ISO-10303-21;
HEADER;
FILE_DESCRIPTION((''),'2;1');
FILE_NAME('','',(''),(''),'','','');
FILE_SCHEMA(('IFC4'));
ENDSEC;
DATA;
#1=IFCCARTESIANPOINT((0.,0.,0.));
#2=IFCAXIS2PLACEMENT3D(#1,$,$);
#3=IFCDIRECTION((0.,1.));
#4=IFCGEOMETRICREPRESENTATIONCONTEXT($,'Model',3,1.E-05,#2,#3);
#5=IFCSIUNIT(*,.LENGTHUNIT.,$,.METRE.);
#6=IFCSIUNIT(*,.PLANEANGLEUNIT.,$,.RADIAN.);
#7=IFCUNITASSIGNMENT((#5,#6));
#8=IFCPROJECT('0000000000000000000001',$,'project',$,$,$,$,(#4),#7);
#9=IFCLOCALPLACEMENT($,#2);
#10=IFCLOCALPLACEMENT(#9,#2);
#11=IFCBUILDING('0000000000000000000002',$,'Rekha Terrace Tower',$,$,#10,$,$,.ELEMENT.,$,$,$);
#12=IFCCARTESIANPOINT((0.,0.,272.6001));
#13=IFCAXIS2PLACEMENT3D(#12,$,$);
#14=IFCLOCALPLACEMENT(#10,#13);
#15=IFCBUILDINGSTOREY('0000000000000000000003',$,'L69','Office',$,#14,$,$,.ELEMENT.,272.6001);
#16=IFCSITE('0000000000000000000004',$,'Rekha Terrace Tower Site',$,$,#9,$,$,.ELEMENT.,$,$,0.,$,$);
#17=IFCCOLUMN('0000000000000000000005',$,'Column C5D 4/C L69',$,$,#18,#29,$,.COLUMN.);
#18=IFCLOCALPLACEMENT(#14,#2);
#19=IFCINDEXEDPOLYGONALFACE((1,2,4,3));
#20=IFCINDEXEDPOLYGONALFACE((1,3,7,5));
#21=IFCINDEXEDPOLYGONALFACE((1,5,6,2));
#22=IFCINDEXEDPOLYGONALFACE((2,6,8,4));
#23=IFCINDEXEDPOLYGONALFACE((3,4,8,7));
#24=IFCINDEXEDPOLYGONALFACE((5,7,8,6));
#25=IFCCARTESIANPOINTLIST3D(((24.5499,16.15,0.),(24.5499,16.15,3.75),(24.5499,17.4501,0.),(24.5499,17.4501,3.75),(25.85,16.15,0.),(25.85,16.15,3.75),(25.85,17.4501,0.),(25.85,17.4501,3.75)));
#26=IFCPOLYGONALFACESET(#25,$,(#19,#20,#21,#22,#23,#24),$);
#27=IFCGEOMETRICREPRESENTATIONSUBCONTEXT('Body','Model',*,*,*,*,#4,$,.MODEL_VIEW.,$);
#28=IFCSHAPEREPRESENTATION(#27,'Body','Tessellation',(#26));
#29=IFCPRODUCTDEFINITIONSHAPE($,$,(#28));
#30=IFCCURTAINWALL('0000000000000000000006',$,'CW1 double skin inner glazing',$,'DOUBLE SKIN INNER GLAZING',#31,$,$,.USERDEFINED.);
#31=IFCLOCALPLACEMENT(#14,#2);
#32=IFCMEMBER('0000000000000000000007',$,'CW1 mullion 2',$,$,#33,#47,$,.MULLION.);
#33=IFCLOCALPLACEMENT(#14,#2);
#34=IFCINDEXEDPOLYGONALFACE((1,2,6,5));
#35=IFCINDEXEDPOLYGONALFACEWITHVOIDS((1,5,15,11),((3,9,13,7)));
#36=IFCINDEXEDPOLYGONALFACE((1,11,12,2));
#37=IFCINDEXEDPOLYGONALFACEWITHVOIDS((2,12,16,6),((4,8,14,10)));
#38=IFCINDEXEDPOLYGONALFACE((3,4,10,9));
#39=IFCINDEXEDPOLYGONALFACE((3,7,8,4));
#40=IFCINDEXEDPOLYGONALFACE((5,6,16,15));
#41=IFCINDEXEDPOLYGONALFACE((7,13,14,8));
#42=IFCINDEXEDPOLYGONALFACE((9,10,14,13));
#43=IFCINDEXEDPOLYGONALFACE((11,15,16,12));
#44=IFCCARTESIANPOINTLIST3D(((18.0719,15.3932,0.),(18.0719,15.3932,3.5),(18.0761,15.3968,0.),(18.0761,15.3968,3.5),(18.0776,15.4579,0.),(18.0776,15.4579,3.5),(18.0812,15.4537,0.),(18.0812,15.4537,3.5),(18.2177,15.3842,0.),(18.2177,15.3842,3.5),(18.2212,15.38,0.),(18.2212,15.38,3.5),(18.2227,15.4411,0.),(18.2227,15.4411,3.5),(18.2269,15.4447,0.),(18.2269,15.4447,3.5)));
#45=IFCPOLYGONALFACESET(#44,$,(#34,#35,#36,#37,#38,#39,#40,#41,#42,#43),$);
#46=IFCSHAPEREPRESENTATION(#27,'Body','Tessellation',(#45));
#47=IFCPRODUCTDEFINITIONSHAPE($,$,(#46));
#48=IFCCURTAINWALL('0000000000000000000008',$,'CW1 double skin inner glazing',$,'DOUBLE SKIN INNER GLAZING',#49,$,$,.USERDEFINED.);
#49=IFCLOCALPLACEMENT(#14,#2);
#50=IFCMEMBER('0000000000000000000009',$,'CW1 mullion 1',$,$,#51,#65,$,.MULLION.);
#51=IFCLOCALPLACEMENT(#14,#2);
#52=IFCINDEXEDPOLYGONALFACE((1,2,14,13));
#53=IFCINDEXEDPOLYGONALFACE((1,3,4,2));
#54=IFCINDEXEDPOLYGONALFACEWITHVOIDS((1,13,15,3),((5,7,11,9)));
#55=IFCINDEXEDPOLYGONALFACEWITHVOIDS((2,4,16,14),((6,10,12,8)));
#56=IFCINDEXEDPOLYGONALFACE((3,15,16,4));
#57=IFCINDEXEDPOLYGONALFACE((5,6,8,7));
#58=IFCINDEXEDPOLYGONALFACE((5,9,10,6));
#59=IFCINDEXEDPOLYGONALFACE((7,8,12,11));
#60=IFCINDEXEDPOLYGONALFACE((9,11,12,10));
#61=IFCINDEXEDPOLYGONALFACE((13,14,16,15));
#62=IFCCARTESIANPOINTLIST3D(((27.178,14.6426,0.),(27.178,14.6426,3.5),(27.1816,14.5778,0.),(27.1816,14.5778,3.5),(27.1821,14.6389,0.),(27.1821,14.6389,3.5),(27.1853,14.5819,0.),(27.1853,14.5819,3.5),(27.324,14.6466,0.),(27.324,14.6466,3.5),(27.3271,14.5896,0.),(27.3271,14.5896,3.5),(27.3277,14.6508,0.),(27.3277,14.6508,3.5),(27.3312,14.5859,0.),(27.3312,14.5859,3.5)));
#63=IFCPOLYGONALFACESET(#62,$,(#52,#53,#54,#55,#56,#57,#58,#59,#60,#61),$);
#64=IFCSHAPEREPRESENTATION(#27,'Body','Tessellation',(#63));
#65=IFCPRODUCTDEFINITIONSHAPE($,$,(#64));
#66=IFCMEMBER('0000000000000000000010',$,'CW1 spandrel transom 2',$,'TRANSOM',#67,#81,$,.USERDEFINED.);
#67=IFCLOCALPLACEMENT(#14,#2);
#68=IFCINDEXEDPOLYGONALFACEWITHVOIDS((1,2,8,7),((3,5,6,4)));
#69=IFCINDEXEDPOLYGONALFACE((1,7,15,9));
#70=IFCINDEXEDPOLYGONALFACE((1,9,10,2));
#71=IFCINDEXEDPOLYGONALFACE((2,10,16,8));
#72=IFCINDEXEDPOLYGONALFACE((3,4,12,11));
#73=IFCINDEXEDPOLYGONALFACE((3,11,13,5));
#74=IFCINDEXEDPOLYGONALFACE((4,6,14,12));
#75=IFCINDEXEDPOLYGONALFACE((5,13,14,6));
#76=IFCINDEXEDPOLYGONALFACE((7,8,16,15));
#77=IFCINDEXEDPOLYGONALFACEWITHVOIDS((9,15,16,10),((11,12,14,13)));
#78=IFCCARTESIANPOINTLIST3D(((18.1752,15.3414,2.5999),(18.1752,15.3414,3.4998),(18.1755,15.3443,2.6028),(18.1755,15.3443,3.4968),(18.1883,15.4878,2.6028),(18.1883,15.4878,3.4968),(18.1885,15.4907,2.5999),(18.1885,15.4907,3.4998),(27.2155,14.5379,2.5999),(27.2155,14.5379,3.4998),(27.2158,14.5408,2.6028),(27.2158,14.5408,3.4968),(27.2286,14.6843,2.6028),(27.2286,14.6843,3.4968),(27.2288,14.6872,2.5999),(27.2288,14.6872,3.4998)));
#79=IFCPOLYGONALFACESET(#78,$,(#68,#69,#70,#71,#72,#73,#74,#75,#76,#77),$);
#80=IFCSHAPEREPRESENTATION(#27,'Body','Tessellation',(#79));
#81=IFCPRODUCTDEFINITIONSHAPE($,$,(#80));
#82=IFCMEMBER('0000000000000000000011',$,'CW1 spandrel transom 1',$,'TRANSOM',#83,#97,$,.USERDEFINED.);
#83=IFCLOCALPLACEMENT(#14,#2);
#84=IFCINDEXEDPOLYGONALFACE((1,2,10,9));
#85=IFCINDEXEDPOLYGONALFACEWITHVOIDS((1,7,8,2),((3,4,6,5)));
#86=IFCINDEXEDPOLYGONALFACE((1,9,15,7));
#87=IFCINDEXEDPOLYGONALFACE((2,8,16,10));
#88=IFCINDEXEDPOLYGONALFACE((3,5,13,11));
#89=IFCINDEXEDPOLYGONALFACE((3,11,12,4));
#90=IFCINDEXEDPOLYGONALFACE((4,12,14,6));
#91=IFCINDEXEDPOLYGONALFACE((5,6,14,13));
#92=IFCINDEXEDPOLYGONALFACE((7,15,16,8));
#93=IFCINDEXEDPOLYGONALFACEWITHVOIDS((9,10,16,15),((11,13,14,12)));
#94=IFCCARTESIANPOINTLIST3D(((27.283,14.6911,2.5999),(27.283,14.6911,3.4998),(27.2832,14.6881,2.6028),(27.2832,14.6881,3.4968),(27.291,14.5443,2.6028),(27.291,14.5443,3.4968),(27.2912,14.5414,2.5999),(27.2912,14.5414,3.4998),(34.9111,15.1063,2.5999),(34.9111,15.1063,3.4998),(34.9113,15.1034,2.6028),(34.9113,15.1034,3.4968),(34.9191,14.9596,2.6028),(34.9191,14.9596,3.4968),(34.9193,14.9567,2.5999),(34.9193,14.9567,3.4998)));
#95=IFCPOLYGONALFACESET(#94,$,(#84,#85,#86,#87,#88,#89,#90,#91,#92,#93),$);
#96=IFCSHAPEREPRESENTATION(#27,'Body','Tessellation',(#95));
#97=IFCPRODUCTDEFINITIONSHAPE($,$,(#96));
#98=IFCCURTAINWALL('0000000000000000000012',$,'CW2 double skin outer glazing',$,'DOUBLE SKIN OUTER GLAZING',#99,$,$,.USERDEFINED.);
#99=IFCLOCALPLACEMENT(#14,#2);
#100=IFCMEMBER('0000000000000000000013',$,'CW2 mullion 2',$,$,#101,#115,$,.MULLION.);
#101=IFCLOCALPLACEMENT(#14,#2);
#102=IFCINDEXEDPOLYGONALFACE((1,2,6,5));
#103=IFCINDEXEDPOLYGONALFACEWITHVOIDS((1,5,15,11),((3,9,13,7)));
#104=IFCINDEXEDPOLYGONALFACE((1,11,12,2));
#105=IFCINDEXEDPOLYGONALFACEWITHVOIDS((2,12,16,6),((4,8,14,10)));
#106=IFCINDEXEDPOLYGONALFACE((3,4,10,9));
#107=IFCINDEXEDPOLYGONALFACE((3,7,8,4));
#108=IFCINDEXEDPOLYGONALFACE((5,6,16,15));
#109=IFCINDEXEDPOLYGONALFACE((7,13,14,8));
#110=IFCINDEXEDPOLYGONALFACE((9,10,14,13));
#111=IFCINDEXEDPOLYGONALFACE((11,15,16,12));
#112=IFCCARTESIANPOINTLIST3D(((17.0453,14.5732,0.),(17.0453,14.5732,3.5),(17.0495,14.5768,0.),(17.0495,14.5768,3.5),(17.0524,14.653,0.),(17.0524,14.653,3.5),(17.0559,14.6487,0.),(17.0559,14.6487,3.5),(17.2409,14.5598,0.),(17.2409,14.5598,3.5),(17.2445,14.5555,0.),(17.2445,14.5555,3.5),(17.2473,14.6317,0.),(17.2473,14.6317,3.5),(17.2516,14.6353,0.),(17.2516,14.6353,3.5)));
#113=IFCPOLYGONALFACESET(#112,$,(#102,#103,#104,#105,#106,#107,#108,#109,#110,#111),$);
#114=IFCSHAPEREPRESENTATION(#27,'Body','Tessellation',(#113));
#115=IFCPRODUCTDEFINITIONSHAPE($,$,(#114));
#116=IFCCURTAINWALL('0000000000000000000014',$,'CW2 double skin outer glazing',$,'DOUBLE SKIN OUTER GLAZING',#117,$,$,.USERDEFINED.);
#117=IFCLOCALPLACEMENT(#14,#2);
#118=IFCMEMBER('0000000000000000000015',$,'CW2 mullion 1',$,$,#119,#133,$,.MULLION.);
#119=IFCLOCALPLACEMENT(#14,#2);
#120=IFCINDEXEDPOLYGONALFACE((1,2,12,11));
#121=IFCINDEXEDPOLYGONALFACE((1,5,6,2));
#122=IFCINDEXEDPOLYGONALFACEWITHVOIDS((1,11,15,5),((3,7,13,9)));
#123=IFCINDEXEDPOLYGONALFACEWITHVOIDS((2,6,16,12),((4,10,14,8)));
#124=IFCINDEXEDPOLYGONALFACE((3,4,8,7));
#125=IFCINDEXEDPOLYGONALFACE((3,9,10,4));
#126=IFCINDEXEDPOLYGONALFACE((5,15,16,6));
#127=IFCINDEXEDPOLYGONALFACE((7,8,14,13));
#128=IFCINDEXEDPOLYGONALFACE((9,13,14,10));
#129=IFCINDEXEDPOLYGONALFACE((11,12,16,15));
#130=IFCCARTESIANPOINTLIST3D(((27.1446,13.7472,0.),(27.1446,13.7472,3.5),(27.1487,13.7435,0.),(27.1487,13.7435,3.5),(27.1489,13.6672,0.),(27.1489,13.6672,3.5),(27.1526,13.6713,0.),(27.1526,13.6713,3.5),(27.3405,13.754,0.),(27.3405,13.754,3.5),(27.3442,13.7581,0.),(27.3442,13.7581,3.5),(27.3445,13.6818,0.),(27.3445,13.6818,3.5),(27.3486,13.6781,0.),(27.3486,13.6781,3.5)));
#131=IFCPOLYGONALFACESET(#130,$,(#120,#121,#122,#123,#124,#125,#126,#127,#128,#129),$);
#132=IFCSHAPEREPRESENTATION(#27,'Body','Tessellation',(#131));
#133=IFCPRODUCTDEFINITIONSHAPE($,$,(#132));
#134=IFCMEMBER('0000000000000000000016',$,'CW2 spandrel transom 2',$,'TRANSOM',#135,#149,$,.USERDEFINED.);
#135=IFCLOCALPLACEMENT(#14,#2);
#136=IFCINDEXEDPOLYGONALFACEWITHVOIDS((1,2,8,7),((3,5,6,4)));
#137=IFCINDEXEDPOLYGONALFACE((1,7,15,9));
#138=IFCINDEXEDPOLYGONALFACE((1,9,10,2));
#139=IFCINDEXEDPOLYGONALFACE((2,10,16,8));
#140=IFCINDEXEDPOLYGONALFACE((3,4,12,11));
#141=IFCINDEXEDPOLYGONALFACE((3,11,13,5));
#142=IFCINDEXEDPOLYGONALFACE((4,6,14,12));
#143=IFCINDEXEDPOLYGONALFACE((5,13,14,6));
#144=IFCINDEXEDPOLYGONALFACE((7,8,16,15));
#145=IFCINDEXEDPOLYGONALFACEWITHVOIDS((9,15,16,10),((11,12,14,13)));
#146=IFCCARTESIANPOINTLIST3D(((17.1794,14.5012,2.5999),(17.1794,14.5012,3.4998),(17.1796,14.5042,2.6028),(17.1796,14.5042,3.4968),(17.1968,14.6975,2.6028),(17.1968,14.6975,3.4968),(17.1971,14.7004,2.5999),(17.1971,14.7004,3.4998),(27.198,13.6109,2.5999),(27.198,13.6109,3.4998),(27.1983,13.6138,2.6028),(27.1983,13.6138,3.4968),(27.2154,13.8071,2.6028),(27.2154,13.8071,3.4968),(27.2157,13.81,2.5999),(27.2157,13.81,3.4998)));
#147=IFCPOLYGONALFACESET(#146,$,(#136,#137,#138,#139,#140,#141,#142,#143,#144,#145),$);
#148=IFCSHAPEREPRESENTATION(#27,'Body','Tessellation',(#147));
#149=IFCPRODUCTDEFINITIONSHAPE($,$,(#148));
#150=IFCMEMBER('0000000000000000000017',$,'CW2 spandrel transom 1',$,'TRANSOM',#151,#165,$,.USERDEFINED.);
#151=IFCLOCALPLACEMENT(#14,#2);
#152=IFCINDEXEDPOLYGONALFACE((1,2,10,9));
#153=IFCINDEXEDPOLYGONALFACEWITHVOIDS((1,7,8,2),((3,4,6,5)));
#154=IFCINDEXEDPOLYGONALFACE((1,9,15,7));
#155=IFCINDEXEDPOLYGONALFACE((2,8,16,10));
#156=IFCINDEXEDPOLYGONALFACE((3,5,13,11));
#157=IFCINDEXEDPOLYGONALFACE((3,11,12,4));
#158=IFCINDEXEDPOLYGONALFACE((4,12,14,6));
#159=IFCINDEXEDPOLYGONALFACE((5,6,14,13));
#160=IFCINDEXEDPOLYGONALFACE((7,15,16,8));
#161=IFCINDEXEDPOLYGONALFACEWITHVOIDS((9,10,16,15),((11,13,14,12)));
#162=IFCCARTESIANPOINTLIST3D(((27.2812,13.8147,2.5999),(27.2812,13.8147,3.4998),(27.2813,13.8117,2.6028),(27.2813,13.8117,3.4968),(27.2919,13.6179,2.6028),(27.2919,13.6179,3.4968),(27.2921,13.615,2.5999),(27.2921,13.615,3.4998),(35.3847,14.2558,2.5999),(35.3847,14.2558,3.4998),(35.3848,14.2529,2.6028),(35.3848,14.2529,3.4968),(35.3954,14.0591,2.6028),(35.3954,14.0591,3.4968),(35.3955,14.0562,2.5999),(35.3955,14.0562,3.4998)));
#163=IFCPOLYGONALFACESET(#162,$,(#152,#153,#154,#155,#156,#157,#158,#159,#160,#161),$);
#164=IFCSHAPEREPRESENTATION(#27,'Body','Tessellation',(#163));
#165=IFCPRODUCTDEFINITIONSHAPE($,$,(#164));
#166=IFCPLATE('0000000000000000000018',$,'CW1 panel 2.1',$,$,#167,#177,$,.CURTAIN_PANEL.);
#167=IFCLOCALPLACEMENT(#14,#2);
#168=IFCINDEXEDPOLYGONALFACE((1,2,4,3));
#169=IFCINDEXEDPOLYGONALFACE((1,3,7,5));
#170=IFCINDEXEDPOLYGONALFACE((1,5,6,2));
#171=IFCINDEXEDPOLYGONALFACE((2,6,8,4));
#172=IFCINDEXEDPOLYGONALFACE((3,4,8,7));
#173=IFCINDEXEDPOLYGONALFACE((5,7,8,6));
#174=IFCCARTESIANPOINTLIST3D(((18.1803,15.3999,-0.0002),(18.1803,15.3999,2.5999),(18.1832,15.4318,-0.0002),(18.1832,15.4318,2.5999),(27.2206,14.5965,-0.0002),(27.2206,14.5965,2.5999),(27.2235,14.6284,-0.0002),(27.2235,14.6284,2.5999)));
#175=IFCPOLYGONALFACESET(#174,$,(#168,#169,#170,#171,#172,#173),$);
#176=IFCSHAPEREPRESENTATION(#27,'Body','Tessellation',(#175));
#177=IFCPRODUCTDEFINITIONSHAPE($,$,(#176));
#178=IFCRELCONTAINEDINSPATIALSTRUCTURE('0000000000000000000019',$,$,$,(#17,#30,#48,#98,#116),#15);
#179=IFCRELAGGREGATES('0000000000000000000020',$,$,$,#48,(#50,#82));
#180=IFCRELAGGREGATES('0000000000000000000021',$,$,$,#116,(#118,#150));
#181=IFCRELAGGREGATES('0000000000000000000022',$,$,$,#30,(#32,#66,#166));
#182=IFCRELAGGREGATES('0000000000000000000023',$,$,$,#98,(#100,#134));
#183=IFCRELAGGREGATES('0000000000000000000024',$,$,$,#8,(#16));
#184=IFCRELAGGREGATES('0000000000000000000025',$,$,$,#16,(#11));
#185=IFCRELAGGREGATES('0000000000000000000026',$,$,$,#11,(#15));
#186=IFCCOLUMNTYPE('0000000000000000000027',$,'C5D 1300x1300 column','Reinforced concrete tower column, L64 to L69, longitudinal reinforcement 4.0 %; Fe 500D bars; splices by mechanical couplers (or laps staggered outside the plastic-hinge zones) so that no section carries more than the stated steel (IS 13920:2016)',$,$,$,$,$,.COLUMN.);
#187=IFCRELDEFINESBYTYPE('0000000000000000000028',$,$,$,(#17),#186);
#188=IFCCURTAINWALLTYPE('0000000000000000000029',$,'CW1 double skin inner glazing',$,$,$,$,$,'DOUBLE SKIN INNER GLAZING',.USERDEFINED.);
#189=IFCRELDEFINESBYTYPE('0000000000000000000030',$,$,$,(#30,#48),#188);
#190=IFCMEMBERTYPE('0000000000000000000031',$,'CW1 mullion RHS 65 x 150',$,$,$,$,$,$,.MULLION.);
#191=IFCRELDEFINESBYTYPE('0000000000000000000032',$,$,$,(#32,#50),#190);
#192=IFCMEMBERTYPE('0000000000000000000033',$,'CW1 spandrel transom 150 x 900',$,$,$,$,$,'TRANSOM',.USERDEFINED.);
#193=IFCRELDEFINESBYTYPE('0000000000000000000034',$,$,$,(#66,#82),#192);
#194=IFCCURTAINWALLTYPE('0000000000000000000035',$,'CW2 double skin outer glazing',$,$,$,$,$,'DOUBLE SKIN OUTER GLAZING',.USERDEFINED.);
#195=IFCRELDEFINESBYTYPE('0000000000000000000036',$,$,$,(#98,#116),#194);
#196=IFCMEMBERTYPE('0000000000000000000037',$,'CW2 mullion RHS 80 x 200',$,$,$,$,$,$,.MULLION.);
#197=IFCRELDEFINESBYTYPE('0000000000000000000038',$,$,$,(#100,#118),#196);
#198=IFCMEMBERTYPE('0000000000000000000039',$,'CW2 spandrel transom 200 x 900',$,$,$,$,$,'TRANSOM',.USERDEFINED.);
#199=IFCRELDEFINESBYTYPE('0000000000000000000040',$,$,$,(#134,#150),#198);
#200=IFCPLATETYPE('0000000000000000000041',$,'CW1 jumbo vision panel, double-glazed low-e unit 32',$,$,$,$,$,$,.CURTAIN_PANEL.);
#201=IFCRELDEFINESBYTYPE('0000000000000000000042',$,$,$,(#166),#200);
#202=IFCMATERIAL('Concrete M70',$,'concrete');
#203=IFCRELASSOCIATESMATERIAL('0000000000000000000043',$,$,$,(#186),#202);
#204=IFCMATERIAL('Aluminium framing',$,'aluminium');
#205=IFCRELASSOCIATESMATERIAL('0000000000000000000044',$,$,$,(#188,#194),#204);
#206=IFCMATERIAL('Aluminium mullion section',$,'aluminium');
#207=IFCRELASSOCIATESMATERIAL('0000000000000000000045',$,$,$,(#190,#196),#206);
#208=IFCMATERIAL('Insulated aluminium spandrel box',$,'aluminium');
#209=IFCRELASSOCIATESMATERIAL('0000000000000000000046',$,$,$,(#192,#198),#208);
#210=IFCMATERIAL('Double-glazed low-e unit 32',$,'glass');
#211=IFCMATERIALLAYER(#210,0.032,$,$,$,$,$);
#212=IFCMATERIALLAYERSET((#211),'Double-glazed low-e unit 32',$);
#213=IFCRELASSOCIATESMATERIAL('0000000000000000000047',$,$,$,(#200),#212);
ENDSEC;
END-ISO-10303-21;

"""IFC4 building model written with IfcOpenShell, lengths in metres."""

from ifc_helpers import new_model, si_unit, direction, frame, origin, origin_2d, place, context, subcontext, project, spatial, rectangle, hollow_rectangle, extrude, material, layer, layer_set, material_profile, profile_set, type_object, element, aggregate, save


model = new_model("IFC4")

# Units and contexts
model_context = context("Model", 3, precision=1e-05, world=origin(), true_north=direction((0.0, 1.0)))
body_context = subcontext(model_context, "Body", "Model", "MODEL_VIEW")
ifc_project = project(units=[si_unit("LENGTHUNIT", "METRE"), si_unit("PLANEANGLEUNIT", "RADIAN")], contexts=[model_context])

# Site, building, storey
site_placement = place(None, origin())
site = spatial("IfcSite", under=ifc_project, at=site_placement, Name="Rekha Terrace Tower Site", CompositionType="ELEMENT", RefElevation=0.0)
building_placement = place(site_placement, origin())
building = spatial("IfcBuilding", under=site, at=building_placement, Name="Rekha Terrace Tower", CompositionType="ELEMENT")
storey_placement = place(building_placement, frame((0.0, 0.0, 272.6001)))
storey = spatial("IfcBuildingStorey", under=building, at=storey_placement, Name="L69", Description="Office", CompositionType="ELEMENT", Elevation=272.6001)

# Column
ifc_material_1 = material(Name="Concrete M70", Category="concrete")
ifc_material_profile_1 = material_profile(ifc_material_1, rectangle(XDim=1.3, YDim=1.3, at=origin_2d()), Name="RC 1300x1300")
ifc_profile_set_1 = profile_set([ifc_material_profile_1], Name="Concrete M70")
column_type = type_object("IfcColumnType", Name="C5D 1300x1300 column", Description="Reinforced concrete tower column, L64 to L69, longitudinal reinforcement 4.0 %; Fe 500D bars; splices by mechanical couplers (or laps staggered outside the plastic-hinge zones) so that no section carries more than the stated steel (IS 13920:2016)", PredefinedType="COLUMN", material=ifc_profile_set_1)
column_placement = place(storey_placement, frame((25.2, 16.8, 0.0), z_axis=(0.0, 0.0, 1.0), x_axis=(1.0, 0.0, 0.0)))
element("IfcColumn", 1, at=column_placement, inside=storey, type_object=column_type, Name="Column C5D 4/C L69", PredefinedType="COLUMN", context=body_context, shape_type="SweptSolid", body=[
    extrude(rectangle(XDim=1.3, YDim=1.3, at=origin_2d()), origin(), (0.0, 0.0, 1.0), 3.75),
])

# Curtain walls, members
ifc_material_2 = material(Name="Aluminium framing", Category="aluminium")
curtain_wall_type_1 = type_object("IfcCurtainWallType", Name="CW1 double skin inner glazing", ElementType="DOUBLE SKIN INNER GLAZING", PredefinedType="USERDEFINED", material=ifc_material_2)
curtain_wall_1_placement = place(storey_placement, origin())
curtain_wall_1 = element("IfcCurtainWall", 2, at=curtain_wall_1_placement, inside=storey, type_object=curtain_wall_type_1, Name="CW1 double skin inner glazing", ObjectType="DOUBLE SKIN INNER GLAZING", PredefinedType="USERDEFINED")
ifc_material_3 = material(Name="Aluminium mullion section", Category="aluminium")
ifc_material_profile_2 = material_profile(ifc_material_3, hollow_rectangle(XDim=0.0649, YDim=0.1499, WallThickness=0.0039, at=origin_2d()), Name="AL RHS 65x150")
ifc_profile_set_2 = profile_set([ifc_material_profile_2], Name="Aluminium mullion section")
member_type_1 = type_object("IfcMemberType", Name="CW1 mullion RHS 65 x 150", PredefinedType="MULLION", material=ifc_profile_set_2)
member_1_placement = place(storey_placement, frame((18.1494, 15.4189, 0.0), z_axis=(0.0, 0.0, 1.0), x_axis=(0.088522, 0.996074, 0.0)))
member_1 = element("IfcMember", 3, at=member_1_placement, type_object=member_type_1, Name="CW1 mullion 2", PredefinedType="MULLION", context=body_context, shape_type="SweptSolid", body=[
    extrude(hollow_rectangle(XDim=0.0649, YDim=0.1499, WallThickness=0.0039, at=origin_2d()), origin(), (0.0, 0.0, 1.0), 3.5),
])
curtain_wall_2_placement = place(storey_placement, origin())
curtain_wall_2 = element("IfcCurtainWall", 4, at=curtain_wall_2_placement, inside=storey, type_object=curtain_wall_type_1, Name="CW1 double skin inner glazing", ObjectType="DOUBLE SKIN INNER GLAZING", PredefinedType="USERDEFINED")
member_2_placement = place(storey_placement, frame((27.2546, 14.6143, 0.0), z_axis=(0.0, 0.0, 1.0), x_axis=(-0.054389, 0.99852, 0.0)))
member_2 = element("IfcMember", 5, at=member_2_placement, type_object=member_type_1, Name="CW1 mullion 1", PredefinedType="MULLION", context=body_context, shape_type="SweptSolid", body=[
    extrude(hollow_rectangle(XDim=0.0649, YDim=0.1499, WallThickness=0.0039, at=origin_2d()), origin(), (0.0, 0.0, 1.0), 3.5),
])

# Members
ifc_material_4 = material(Name="Insulated aluminium spandrel box", Category="aluminium")
ifc_material_profile_3 = material_profile(ifc_material_4, hollow_rectangle(XDim=0.1499, YDim=0.8999, WallThickness=0.0029, at=origin_2d()), Name="AL SPANDREL BOX 150x900")
ifc_profile_set_3 = profile_set([ifc_material_profile_3], Name="Insulated aluminium spandrel box")
member_type_2 = type_object("IfcMemberType", Name="CW1 spandrel transom 150 x 900", ElementType="TRANSOM", PredefinedType="USERDEFINED", material=ifc_profile_set_3)
member_3_placement = place(storey_placement, frame((18.1819, 15.416, 3.0498), z_axis=(0.996074, -0.088527, 0.0), x_axis=(0.088527, 0.996074, 0.0)))
member_3 = element("IfcMember", 6, at=member_3_placement, type_object=member_type_2, Name="CW1 spandrel transom 2", ObjectType="TRANSOM", PredefinedType="USERDEFINED", context=body_context, shape_type="SweptSolid", body=[
    extrude(hollow_rectangle(XDim=0.1499, YDim=0.8999, WallThickness=0.0029, at=origin_2d()), origin(), (0.0, 0.0, 1.0), 9.0759),
])
member_4_placement = place(storey_placement, frame((27.2871, 14.6162, 3.0498), z_axis=(0.998521, 0.05436, 0.0), x_axis=(-0.05436, 0.998521, 0.0)))
member_4 = element("IfcMember", 7, at=member_4_placement, type_object=member_type_2, Name="CW1 spandrel transom 1", ObjectType="TRANSOM", PredefinedType="USERDEFINED", context=body_context, shape_type="SweptSolid", body=[
    extrude(hollow_rectangle(XDim=0.1499, YDim=0.8999, WallThickness=0.0029, at=origin_2d()), origin(), (0.0, 0.0, 1.0), 7.6394),
])
aggregate(curtain_wall_2, [member_2, member_4])

# Curtain walls, members
curtain_wall_type_2 = type_object("IfcCurtainWallType", Name="CW2 double skin outer glazing", ElementType="DOUBLE SKIN OUTER GLAZING", PredefinedType="USERDEFINED", material=ifc_material_2)
curtain_wall_3_placement = place(storey_placement, origin())
curtain_wall_3 = element("IfcCurtainWall", 8, at=curtain_wall_3_placement, inside=storey, type_object=curtain_wall_type_2, Name="CW2 double skin outer glazing", ObjectType="DOUBLE SKIN OUTER GLAZING", PredefinedType="USERDEFINED")
ifc_material_profile_4 = material_profile(ifc_material_3, hollow_rectangle(XDim=0.0801, YDim=0.2, WallThickness=0.0039, at=origin_2d()), Name="AL RHS 80x200")
ifc_profile_set_4 = profile_set([ifc_material_profile_4], Name="Aluminium mullion section")
member_type_3 = type_object("IfcMemberType", Name="CW2 mullion RHS 80 x 200", PredefinedType="MULLION", material=ifc_profile_set_4)
member_5_placement = place(storey_placement, frame((17.1484, 14.6042, 0.0), z_axis=(0.0, 0.0, 1.0), x_axis=(0.088522, 0.996074, 0.0)))
member_5 = element("IfcMember", 9, at=member_5_placement, type_object=member_type_3, Name="CW2 mullion 2", PredefinedType="MULLION", context=body_context, shape_type="SweptSolid", body=[
    extrude(hollow_rectangle(XDim=0.0801, YDim=0.2, WallThickness=0.0039, at=origin_2d()), origin(), (0.0, 0.0, 1.0), 3.5),
])
curtain_wall_4_placement = place(storey_placement, origin())
curtain_wall_4 = element("IfcCurtainWall", 10, at=curtain_wall_4_placement, inside=storey, type_object=curtain_wall_type_2, Name="CW2 double skin outer glazing", ObjectType="DOUBLE SKIN OUTER GLAZING", PredefinedType="USERDEFINED")
member_6_placement = place(storey_placement, frame((27.2466, 13.7126, 0.0), z_axis=(0.0, 0.0, 1.0), x_axis=(-0.054389, 0.99852, 0.0)))
member_6 = element("IfcMember", 11, at=member_6_placement, type_object=member_type_3, Name="CW2 mullion 1", PredefinedType="MULLION", context=body_context, shape_type="SweptSolid", body=[
    extrude(hollow_rectangle(XDim=0.0801, YDim=0.2, WallThickness=0.0039, at=origin_2d()), origin(), (0.0, 0.0, 1.0), 3.5),
])

# Members
ifc_material_profile_5 = material_profile(ifc_material_4, hollow_rectangle(XDim=0.2, YDim=0.8999, WallThickness=0.0029, at=origin_2d()), Name="AL SPANDREL BOX 200x900")
ifc_profile_set_5 = profile_set([ifc_material_profile_5], Name="Insulated aluminium spandrel box")
member_type_4 = type_object("IfcMemberType", Name="CW2 spandrel transom 200 x 900", ElementType="TRANSOM", PredefinedType="USERDEFINED", material=ifc_profile_set_5)
member_7_placement = place(storey_placement, frame((17.1882, 14.6008, 3.0498), z_axis=(0.996074, -0.088524, 0.0), x_axis=(0.088524, 0.996074, 0.0)))
member_7 = element("IfcMember", 12, at=member_7_placement, type_object=member_type_4, Name="CW2 spandrel transom 2", ObjectType="TRANSOM", PredefinedType="USERDEFINED", context=body_context, shape_type="SweptSolid", body=[
    extrude(hollow_rectangle(XDim=0.2, YDim=0.8999, WallThickness=0.0029, at=origin_2d()), origin(), (0.0, 0.0, 1.0), 10.0581),
])
member_8_placement = place(storey_placement, frame((27.2866, 13.7148, 3.0498), z_axis=(0.998521, 0.05436, 0.0), x_axis=(-0.05436, 0.998521, 0.0)))
member_8 = element("IfcMember", 13, at=member_8_placement, type_object=member_type_4, Name="CW2 spandrel transom 1", ObjectType="TRANSOM", PredefinedType="USERDEFINED", context=body_context, shape_type="SweptSolid", body=[
    extrude(hollow_rectangle(XDim=0.2, YDim=0.8999, WallThickness=0.0029, at=origin_2d()), origin(), (0.0, 0.0, 1.0), 8.1155),
])
aggregate(curtain_wall_4, [member_6, member_8])

# Plate
ifc_material_5 = material(Name="Double-glazed low-e unit 32", Category="glass")
ifc_layer_1 = layer(ifc_material_5, 0.032)
ifc_layer_set_1 = layer_set([ifc_layer_1], Name="Double-glazed low-e unit 32")
plate_type_1 = type_object("IfcPlateType", Name="CW1 jumbo vision panel, double-glazed low-e unit 32", PredefinedType="CURTAIN_PANEL", material=ifc_layer_set_1)
plate_1_placement = place(storey_placement, frame((22.7019, 15.0142, -0.0002), z_axis=(0.0, 0.0, 1.0), x_axis=(0.996074, -0.088522, 0.0)))
plate_1 = element("IfcPlate", 14, at=plate_1_placement, type_object=plate_type_1, Name="CW1 panel 2.1", PredefinedType="CURTAIN_PANEL", context=body_context, shape_type="SweptSolid", body=[
    extrude(rectangle(XDim=9.0759, YDim=0.032, at=origin_2d()), origin(), (0.0, 0.0, 1.0), 2.6001),
])
aggregate(curtain_wall_1, [member_1, member_3, plate_1])
aggregate(curtain_wall_3, [member_5, member_7])

save(model, "model.ifc")
